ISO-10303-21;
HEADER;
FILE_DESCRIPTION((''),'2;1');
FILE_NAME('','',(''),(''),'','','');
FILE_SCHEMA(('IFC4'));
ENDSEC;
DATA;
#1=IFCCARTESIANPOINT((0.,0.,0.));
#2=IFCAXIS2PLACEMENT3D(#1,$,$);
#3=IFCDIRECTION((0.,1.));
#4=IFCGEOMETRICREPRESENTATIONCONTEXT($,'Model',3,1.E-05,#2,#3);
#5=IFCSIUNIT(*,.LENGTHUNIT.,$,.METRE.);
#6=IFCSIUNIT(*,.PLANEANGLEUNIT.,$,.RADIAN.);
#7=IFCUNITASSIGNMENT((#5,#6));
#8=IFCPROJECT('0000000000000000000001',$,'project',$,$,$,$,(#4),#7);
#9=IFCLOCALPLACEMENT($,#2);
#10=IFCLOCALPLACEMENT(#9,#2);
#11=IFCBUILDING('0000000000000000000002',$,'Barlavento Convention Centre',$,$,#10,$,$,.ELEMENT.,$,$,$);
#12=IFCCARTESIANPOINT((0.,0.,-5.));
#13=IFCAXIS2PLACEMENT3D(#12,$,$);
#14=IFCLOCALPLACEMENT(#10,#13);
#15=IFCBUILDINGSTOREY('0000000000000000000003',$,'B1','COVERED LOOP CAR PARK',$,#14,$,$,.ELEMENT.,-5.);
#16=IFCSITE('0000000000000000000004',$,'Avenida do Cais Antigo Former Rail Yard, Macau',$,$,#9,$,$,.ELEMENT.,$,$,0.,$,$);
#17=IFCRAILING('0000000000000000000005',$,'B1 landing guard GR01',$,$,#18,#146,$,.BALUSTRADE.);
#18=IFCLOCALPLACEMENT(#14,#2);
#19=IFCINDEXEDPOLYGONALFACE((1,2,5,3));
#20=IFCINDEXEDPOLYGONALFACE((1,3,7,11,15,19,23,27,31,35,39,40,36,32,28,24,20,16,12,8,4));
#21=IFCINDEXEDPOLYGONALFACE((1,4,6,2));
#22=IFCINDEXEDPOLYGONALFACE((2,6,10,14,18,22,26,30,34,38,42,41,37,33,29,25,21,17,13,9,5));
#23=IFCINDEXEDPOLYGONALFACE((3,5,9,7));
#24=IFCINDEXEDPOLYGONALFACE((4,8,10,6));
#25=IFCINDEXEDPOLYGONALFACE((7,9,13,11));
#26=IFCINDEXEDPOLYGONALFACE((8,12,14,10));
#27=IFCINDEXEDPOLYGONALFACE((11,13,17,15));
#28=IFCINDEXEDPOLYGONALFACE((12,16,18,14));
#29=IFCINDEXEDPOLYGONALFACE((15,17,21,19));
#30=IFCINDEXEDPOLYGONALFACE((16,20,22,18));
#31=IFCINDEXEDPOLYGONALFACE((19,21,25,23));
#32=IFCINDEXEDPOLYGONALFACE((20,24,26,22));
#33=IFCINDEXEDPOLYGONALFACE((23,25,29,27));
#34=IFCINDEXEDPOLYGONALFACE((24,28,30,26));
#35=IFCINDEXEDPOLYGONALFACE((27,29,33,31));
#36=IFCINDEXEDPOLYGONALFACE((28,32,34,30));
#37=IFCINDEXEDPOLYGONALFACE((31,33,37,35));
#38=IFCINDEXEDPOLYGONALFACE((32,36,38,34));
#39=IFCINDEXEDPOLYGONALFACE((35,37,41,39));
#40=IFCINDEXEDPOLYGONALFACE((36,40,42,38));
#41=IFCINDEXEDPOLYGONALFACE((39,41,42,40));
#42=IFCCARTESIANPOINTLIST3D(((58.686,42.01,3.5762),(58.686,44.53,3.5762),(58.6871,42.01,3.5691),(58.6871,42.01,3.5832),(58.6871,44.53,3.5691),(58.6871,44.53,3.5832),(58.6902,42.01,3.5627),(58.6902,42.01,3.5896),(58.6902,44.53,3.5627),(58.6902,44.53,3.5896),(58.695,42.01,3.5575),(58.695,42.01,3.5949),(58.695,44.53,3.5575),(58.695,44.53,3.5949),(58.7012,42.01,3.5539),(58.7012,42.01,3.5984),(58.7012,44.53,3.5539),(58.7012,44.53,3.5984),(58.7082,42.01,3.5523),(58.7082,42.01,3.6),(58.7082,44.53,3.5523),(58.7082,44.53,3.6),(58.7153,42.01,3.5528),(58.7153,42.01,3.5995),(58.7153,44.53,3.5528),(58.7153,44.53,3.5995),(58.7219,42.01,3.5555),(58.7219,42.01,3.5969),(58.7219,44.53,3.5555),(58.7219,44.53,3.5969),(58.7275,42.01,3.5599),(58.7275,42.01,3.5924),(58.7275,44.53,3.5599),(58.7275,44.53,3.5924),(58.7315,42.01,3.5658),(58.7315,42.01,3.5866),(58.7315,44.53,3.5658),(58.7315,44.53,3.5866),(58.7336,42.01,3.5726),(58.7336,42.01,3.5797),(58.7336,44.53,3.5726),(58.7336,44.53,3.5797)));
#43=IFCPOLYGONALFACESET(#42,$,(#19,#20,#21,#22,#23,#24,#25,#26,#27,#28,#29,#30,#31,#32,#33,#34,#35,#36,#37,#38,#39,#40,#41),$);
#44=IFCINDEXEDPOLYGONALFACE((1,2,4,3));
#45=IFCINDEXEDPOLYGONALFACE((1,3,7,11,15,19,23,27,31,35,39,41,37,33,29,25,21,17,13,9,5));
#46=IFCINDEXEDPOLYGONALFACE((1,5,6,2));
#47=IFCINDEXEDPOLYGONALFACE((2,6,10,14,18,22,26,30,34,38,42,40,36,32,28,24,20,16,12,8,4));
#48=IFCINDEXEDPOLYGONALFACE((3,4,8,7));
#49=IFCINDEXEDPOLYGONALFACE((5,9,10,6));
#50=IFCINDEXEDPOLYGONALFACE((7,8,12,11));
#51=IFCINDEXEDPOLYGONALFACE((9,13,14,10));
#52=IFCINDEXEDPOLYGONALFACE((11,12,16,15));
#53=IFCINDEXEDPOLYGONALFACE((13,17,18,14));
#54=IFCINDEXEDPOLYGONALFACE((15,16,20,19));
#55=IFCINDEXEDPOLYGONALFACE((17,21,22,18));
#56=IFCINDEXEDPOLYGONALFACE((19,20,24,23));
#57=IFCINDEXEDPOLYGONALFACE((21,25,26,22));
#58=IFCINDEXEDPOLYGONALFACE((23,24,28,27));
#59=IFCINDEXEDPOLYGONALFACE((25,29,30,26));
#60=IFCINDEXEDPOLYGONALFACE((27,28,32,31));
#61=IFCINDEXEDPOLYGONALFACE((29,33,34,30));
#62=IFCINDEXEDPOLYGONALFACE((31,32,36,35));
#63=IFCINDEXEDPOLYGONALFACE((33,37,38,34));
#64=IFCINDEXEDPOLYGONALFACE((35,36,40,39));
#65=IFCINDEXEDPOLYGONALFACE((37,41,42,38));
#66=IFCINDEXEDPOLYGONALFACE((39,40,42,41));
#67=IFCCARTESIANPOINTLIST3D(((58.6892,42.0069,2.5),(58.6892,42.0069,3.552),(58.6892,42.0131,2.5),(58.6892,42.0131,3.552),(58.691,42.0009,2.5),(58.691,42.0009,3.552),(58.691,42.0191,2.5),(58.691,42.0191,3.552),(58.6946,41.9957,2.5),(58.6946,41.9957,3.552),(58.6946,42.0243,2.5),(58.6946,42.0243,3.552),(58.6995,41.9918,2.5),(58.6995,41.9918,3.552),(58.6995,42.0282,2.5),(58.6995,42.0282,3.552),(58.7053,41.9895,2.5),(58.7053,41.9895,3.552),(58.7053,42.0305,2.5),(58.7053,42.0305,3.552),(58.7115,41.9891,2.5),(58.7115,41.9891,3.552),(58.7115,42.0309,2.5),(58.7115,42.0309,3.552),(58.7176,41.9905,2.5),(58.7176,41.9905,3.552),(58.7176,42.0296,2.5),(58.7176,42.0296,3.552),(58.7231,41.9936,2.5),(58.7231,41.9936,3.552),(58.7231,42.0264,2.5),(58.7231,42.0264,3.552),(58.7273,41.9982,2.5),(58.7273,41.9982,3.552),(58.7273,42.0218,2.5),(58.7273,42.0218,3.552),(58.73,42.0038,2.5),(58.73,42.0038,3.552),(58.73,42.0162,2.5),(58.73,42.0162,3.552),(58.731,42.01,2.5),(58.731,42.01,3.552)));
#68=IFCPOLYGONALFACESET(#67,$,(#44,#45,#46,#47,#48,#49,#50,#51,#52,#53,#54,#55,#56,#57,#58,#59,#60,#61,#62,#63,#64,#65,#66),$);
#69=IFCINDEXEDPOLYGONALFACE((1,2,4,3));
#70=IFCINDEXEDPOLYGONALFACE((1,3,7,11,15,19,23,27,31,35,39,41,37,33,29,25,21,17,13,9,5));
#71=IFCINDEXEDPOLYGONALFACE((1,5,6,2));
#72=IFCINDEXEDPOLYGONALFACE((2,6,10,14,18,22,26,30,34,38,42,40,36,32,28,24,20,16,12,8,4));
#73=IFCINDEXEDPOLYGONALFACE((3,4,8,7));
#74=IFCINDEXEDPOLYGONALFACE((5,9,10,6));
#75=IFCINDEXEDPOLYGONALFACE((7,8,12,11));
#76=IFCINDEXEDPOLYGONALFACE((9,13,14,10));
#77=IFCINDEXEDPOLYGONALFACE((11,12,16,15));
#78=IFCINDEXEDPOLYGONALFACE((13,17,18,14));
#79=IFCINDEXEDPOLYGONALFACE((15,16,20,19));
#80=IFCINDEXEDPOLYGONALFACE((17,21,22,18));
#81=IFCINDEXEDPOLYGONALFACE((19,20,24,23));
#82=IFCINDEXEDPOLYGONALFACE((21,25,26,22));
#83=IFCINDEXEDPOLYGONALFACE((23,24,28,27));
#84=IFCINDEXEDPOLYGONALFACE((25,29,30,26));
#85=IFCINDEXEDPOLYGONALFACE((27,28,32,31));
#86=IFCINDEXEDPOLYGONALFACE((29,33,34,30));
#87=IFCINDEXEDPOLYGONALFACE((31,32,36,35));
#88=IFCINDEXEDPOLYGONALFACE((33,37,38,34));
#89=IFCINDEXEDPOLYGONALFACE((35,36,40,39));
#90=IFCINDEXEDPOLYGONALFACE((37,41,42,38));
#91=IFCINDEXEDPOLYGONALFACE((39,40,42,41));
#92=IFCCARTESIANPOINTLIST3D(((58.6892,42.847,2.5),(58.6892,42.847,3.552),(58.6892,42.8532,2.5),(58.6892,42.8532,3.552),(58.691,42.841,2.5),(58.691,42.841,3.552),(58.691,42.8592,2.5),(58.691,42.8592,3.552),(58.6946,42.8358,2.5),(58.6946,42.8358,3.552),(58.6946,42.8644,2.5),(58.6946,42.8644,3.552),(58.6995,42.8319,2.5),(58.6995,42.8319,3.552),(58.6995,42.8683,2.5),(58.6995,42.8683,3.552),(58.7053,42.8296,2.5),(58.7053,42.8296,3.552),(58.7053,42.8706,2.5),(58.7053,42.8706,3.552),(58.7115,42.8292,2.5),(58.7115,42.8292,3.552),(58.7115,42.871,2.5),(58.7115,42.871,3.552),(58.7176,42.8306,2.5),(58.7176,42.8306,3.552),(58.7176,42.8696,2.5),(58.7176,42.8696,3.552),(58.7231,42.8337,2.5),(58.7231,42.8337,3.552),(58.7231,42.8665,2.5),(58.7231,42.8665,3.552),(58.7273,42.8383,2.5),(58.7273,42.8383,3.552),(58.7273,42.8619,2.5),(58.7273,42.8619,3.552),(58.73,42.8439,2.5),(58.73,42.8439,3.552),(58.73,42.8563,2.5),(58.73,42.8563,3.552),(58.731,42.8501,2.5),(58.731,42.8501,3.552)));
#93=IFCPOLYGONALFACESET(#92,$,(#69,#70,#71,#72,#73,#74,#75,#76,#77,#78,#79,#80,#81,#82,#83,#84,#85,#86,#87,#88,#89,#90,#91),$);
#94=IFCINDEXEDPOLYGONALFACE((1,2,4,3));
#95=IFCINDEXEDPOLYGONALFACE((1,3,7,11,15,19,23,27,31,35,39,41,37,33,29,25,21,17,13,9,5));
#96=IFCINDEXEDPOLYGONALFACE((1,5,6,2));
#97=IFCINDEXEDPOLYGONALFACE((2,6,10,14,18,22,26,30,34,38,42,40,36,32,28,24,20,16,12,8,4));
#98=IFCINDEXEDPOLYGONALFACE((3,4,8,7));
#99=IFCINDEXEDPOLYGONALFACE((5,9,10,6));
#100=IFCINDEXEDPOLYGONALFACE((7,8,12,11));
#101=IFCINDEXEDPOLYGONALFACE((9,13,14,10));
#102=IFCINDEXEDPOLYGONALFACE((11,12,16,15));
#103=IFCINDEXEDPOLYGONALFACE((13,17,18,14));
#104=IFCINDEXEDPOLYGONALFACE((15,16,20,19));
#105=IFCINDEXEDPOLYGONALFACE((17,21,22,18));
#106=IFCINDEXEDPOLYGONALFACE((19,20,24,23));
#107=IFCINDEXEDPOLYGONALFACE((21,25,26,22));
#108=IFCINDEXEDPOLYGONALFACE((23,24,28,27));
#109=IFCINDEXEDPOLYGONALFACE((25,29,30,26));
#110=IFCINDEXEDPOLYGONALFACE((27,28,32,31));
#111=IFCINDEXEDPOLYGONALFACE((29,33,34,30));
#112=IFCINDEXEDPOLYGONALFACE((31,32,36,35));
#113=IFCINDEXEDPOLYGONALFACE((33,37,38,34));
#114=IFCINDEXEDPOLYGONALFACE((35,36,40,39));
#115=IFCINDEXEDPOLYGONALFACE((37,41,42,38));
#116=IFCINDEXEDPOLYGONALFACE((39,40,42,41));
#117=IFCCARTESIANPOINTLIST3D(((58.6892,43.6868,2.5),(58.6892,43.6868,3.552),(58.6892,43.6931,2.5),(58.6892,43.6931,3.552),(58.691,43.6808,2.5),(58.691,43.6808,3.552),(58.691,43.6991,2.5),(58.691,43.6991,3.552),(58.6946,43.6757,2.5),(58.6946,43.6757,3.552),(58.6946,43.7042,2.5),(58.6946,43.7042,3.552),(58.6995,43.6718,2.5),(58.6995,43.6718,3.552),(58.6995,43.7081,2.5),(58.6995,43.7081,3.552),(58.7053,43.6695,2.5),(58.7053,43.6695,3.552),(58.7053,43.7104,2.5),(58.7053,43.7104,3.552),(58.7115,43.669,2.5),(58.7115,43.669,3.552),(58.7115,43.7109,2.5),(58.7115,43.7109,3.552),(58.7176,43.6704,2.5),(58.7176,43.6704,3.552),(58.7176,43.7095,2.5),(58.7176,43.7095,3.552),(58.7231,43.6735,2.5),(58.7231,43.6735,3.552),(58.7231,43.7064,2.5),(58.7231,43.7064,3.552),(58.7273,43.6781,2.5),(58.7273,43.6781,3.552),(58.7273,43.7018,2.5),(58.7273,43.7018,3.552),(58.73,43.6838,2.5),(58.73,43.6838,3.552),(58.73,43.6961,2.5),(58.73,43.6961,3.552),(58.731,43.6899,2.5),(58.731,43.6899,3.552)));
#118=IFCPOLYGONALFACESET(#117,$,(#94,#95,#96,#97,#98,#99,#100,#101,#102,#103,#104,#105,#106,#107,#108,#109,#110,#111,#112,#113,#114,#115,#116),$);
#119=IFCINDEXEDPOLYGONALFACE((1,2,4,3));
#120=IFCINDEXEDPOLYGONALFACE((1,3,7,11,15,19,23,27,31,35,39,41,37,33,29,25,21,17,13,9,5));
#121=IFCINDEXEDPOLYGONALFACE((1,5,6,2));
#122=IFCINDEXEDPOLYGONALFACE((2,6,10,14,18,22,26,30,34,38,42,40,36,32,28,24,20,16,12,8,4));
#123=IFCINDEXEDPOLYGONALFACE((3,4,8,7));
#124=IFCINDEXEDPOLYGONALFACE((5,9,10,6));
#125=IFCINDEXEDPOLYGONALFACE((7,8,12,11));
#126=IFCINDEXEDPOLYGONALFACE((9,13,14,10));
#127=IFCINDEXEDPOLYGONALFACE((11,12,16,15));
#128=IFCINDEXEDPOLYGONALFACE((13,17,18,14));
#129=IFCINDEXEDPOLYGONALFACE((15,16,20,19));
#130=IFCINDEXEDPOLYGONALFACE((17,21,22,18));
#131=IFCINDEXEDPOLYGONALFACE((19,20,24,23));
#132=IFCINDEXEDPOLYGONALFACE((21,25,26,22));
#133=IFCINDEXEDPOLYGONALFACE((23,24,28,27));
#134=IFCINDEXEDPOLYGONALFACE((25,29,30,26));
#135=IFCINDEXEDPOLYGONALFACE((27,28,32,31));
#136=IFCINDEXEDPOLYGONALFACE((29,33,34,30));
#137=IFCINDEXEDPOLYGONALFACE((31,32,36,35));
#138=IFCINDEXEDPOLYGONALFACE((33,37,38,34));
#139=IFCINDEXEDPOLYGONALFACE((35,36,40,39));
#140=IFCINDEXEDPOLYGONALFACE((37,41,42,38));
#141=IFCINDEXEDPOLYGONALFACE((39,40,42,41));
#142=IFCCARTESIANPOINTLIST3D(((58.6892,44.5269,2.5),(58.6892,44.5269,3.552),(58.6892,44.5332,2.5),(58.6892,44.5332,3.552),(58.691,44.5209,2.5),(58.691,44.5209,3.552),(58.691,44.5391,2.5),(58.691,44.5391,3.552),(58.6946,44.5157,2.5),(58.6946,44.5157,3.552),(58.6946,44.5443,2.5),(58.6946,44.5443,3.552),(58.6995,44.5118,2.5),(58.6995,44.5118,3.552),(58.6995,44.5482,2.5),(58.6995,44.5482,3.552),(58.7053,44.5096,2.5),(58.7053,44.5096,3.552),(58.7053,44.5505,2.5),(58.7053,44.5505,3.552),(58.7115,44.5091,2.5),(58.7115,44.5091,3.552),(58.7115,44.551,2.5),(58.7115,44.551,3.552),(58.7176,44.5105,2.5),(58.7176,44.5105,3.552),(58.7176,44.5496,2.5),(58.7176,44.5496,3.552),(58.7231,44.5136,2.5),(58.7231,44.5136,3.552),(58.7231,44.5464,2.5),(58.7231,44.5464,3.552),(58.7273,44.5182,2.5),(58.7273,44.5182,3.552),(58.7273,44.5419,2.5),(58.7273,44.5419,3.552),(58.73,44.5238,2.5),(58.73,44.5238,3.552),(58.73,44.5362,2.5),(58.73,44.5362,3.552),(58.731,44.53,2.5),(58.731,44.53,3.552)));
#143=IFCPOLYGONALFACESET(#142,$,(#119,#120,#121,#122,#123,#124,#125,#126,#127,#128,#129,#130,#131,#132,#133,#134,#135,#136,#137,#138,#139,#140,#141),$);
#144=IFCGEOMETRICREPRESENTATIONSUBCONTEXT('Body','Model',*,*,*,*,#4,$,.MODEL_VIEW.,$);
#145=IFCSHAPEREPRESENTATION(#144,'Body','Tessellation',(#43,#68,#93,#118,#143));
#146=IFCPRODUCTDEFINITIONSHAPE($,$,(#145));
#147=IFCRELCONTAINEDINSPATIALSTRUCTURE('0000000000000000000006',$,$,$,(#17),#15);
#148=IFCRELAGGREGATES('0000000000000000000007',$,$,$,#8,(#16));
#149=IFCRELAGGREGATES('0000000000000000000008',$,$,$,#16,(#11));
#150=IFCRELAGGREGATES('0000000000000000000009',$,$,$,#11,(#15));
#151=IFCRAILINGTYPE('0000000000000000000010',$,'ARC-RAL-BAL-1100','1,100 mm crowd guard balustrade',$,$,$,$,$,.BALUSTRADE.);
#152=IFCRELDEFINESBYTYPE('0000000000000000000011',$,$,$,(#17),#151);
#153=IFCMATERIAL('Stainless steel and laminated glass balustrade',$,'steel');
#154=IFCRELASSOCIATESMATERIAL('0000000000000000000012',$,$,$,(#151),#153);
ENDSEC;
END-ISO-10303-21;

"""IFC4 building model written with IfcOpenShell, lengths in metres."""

from ifc_helpers import new_model, si_unit, direction, frame, origin, origin_2d, place, context, subcontext, project, spatial, circle, extrude, material, type_object, element, save


model = new_model("IFC4")

# Units and contexts
model_context = context("Model", 3, precision=1e-05, world=origin(), true_north=direction((0.0, 1.0)))
body_context = subcontext(model_context, "Body", "Model", "MODEL_VIEW")
ifc_project = project(units=[si_unit("LENGTHUNIT", "METRE"), si_unit("PLANEANGLEUNIT", "RADIAN")], contexts=[model_context])

# Site, building, storey
site_placement = place(None, origin())
site = spatial("IfcSite", under=ifc_project, at=site_placement, Name="Avenida do Cais Antigo Former Rail Yard, Macau", CompositionType="ELEMENT", RefElevation=0.0)
building_placement = place(site_placement, origin())
building = spatial("IfcBuilding", under=site, at=building_placement, Name="Barlavento Convention Centre", CompositionType="ELEMENT")
storey_placement = place(building_placement, frame((0.0, 0.0, -5.0)))
storey = spatial("IfcBuildingStorey", under=building, at=storey_placement, Name="B1", Description="COVERED LOOP CAR PARK", CompositionType="ELEMENT", Elevation=-5.0)

# Railing
ifc_material_1 = material(Name="Stainless steel and laminated glass balustrade", Category="steel")
railing_type_1 = type_object("IfcRailingType", Name="ARC-RAL-BAL-1100", Description="1,100 mm crowd guard balustrade", PredefinedType="BALUSTRADE", material=ifc_material_1)
for number, where, name in (
    (1, (58.71, 42.01, 2.5), "B1 landing guard GR01"),
):
    element("IfcRailing", number, at=place(storey_placement, frame(where)), inside=storey, type_object=railing_type_1, Name=name, PredefinedType="BALUSTRADE", context=body_context, shape_type="SweptSolid", body=[
        extrude(circle(Radius=0.0239, at=origin_2d()), frame((0.0, 0.0, 1.0762), z_axis=(0.0, 1.0, 0.0), x_axis=(-1.0, 0.0, 0.0)), (0.0, 0.0, 1.0), 2.52),
        extrude(circle(Radius=0.021, at=origin_2d()), origin(), (0.0, 0.0, 1.0), 1.052),
        extrude(circle(Radius=0.021, at=origin_2d()), frame((0.0, 0.8401, 0.0)), (0.0, 0.0, 1.0), 1.052),
        extrude(circle(Radius=0.021, at=origin_2d()), frame((0.0, 1.6799, 0.0)), (0.0, 0.0, 1.0), 1.052),
        extrude(circle(Radius=0.021, at=origin_2d()), frame((0.0, 2.52, 0.0)), (0.0, 0.0, 1.0), 1.052),
    ])

save(model, "model.ifc")
